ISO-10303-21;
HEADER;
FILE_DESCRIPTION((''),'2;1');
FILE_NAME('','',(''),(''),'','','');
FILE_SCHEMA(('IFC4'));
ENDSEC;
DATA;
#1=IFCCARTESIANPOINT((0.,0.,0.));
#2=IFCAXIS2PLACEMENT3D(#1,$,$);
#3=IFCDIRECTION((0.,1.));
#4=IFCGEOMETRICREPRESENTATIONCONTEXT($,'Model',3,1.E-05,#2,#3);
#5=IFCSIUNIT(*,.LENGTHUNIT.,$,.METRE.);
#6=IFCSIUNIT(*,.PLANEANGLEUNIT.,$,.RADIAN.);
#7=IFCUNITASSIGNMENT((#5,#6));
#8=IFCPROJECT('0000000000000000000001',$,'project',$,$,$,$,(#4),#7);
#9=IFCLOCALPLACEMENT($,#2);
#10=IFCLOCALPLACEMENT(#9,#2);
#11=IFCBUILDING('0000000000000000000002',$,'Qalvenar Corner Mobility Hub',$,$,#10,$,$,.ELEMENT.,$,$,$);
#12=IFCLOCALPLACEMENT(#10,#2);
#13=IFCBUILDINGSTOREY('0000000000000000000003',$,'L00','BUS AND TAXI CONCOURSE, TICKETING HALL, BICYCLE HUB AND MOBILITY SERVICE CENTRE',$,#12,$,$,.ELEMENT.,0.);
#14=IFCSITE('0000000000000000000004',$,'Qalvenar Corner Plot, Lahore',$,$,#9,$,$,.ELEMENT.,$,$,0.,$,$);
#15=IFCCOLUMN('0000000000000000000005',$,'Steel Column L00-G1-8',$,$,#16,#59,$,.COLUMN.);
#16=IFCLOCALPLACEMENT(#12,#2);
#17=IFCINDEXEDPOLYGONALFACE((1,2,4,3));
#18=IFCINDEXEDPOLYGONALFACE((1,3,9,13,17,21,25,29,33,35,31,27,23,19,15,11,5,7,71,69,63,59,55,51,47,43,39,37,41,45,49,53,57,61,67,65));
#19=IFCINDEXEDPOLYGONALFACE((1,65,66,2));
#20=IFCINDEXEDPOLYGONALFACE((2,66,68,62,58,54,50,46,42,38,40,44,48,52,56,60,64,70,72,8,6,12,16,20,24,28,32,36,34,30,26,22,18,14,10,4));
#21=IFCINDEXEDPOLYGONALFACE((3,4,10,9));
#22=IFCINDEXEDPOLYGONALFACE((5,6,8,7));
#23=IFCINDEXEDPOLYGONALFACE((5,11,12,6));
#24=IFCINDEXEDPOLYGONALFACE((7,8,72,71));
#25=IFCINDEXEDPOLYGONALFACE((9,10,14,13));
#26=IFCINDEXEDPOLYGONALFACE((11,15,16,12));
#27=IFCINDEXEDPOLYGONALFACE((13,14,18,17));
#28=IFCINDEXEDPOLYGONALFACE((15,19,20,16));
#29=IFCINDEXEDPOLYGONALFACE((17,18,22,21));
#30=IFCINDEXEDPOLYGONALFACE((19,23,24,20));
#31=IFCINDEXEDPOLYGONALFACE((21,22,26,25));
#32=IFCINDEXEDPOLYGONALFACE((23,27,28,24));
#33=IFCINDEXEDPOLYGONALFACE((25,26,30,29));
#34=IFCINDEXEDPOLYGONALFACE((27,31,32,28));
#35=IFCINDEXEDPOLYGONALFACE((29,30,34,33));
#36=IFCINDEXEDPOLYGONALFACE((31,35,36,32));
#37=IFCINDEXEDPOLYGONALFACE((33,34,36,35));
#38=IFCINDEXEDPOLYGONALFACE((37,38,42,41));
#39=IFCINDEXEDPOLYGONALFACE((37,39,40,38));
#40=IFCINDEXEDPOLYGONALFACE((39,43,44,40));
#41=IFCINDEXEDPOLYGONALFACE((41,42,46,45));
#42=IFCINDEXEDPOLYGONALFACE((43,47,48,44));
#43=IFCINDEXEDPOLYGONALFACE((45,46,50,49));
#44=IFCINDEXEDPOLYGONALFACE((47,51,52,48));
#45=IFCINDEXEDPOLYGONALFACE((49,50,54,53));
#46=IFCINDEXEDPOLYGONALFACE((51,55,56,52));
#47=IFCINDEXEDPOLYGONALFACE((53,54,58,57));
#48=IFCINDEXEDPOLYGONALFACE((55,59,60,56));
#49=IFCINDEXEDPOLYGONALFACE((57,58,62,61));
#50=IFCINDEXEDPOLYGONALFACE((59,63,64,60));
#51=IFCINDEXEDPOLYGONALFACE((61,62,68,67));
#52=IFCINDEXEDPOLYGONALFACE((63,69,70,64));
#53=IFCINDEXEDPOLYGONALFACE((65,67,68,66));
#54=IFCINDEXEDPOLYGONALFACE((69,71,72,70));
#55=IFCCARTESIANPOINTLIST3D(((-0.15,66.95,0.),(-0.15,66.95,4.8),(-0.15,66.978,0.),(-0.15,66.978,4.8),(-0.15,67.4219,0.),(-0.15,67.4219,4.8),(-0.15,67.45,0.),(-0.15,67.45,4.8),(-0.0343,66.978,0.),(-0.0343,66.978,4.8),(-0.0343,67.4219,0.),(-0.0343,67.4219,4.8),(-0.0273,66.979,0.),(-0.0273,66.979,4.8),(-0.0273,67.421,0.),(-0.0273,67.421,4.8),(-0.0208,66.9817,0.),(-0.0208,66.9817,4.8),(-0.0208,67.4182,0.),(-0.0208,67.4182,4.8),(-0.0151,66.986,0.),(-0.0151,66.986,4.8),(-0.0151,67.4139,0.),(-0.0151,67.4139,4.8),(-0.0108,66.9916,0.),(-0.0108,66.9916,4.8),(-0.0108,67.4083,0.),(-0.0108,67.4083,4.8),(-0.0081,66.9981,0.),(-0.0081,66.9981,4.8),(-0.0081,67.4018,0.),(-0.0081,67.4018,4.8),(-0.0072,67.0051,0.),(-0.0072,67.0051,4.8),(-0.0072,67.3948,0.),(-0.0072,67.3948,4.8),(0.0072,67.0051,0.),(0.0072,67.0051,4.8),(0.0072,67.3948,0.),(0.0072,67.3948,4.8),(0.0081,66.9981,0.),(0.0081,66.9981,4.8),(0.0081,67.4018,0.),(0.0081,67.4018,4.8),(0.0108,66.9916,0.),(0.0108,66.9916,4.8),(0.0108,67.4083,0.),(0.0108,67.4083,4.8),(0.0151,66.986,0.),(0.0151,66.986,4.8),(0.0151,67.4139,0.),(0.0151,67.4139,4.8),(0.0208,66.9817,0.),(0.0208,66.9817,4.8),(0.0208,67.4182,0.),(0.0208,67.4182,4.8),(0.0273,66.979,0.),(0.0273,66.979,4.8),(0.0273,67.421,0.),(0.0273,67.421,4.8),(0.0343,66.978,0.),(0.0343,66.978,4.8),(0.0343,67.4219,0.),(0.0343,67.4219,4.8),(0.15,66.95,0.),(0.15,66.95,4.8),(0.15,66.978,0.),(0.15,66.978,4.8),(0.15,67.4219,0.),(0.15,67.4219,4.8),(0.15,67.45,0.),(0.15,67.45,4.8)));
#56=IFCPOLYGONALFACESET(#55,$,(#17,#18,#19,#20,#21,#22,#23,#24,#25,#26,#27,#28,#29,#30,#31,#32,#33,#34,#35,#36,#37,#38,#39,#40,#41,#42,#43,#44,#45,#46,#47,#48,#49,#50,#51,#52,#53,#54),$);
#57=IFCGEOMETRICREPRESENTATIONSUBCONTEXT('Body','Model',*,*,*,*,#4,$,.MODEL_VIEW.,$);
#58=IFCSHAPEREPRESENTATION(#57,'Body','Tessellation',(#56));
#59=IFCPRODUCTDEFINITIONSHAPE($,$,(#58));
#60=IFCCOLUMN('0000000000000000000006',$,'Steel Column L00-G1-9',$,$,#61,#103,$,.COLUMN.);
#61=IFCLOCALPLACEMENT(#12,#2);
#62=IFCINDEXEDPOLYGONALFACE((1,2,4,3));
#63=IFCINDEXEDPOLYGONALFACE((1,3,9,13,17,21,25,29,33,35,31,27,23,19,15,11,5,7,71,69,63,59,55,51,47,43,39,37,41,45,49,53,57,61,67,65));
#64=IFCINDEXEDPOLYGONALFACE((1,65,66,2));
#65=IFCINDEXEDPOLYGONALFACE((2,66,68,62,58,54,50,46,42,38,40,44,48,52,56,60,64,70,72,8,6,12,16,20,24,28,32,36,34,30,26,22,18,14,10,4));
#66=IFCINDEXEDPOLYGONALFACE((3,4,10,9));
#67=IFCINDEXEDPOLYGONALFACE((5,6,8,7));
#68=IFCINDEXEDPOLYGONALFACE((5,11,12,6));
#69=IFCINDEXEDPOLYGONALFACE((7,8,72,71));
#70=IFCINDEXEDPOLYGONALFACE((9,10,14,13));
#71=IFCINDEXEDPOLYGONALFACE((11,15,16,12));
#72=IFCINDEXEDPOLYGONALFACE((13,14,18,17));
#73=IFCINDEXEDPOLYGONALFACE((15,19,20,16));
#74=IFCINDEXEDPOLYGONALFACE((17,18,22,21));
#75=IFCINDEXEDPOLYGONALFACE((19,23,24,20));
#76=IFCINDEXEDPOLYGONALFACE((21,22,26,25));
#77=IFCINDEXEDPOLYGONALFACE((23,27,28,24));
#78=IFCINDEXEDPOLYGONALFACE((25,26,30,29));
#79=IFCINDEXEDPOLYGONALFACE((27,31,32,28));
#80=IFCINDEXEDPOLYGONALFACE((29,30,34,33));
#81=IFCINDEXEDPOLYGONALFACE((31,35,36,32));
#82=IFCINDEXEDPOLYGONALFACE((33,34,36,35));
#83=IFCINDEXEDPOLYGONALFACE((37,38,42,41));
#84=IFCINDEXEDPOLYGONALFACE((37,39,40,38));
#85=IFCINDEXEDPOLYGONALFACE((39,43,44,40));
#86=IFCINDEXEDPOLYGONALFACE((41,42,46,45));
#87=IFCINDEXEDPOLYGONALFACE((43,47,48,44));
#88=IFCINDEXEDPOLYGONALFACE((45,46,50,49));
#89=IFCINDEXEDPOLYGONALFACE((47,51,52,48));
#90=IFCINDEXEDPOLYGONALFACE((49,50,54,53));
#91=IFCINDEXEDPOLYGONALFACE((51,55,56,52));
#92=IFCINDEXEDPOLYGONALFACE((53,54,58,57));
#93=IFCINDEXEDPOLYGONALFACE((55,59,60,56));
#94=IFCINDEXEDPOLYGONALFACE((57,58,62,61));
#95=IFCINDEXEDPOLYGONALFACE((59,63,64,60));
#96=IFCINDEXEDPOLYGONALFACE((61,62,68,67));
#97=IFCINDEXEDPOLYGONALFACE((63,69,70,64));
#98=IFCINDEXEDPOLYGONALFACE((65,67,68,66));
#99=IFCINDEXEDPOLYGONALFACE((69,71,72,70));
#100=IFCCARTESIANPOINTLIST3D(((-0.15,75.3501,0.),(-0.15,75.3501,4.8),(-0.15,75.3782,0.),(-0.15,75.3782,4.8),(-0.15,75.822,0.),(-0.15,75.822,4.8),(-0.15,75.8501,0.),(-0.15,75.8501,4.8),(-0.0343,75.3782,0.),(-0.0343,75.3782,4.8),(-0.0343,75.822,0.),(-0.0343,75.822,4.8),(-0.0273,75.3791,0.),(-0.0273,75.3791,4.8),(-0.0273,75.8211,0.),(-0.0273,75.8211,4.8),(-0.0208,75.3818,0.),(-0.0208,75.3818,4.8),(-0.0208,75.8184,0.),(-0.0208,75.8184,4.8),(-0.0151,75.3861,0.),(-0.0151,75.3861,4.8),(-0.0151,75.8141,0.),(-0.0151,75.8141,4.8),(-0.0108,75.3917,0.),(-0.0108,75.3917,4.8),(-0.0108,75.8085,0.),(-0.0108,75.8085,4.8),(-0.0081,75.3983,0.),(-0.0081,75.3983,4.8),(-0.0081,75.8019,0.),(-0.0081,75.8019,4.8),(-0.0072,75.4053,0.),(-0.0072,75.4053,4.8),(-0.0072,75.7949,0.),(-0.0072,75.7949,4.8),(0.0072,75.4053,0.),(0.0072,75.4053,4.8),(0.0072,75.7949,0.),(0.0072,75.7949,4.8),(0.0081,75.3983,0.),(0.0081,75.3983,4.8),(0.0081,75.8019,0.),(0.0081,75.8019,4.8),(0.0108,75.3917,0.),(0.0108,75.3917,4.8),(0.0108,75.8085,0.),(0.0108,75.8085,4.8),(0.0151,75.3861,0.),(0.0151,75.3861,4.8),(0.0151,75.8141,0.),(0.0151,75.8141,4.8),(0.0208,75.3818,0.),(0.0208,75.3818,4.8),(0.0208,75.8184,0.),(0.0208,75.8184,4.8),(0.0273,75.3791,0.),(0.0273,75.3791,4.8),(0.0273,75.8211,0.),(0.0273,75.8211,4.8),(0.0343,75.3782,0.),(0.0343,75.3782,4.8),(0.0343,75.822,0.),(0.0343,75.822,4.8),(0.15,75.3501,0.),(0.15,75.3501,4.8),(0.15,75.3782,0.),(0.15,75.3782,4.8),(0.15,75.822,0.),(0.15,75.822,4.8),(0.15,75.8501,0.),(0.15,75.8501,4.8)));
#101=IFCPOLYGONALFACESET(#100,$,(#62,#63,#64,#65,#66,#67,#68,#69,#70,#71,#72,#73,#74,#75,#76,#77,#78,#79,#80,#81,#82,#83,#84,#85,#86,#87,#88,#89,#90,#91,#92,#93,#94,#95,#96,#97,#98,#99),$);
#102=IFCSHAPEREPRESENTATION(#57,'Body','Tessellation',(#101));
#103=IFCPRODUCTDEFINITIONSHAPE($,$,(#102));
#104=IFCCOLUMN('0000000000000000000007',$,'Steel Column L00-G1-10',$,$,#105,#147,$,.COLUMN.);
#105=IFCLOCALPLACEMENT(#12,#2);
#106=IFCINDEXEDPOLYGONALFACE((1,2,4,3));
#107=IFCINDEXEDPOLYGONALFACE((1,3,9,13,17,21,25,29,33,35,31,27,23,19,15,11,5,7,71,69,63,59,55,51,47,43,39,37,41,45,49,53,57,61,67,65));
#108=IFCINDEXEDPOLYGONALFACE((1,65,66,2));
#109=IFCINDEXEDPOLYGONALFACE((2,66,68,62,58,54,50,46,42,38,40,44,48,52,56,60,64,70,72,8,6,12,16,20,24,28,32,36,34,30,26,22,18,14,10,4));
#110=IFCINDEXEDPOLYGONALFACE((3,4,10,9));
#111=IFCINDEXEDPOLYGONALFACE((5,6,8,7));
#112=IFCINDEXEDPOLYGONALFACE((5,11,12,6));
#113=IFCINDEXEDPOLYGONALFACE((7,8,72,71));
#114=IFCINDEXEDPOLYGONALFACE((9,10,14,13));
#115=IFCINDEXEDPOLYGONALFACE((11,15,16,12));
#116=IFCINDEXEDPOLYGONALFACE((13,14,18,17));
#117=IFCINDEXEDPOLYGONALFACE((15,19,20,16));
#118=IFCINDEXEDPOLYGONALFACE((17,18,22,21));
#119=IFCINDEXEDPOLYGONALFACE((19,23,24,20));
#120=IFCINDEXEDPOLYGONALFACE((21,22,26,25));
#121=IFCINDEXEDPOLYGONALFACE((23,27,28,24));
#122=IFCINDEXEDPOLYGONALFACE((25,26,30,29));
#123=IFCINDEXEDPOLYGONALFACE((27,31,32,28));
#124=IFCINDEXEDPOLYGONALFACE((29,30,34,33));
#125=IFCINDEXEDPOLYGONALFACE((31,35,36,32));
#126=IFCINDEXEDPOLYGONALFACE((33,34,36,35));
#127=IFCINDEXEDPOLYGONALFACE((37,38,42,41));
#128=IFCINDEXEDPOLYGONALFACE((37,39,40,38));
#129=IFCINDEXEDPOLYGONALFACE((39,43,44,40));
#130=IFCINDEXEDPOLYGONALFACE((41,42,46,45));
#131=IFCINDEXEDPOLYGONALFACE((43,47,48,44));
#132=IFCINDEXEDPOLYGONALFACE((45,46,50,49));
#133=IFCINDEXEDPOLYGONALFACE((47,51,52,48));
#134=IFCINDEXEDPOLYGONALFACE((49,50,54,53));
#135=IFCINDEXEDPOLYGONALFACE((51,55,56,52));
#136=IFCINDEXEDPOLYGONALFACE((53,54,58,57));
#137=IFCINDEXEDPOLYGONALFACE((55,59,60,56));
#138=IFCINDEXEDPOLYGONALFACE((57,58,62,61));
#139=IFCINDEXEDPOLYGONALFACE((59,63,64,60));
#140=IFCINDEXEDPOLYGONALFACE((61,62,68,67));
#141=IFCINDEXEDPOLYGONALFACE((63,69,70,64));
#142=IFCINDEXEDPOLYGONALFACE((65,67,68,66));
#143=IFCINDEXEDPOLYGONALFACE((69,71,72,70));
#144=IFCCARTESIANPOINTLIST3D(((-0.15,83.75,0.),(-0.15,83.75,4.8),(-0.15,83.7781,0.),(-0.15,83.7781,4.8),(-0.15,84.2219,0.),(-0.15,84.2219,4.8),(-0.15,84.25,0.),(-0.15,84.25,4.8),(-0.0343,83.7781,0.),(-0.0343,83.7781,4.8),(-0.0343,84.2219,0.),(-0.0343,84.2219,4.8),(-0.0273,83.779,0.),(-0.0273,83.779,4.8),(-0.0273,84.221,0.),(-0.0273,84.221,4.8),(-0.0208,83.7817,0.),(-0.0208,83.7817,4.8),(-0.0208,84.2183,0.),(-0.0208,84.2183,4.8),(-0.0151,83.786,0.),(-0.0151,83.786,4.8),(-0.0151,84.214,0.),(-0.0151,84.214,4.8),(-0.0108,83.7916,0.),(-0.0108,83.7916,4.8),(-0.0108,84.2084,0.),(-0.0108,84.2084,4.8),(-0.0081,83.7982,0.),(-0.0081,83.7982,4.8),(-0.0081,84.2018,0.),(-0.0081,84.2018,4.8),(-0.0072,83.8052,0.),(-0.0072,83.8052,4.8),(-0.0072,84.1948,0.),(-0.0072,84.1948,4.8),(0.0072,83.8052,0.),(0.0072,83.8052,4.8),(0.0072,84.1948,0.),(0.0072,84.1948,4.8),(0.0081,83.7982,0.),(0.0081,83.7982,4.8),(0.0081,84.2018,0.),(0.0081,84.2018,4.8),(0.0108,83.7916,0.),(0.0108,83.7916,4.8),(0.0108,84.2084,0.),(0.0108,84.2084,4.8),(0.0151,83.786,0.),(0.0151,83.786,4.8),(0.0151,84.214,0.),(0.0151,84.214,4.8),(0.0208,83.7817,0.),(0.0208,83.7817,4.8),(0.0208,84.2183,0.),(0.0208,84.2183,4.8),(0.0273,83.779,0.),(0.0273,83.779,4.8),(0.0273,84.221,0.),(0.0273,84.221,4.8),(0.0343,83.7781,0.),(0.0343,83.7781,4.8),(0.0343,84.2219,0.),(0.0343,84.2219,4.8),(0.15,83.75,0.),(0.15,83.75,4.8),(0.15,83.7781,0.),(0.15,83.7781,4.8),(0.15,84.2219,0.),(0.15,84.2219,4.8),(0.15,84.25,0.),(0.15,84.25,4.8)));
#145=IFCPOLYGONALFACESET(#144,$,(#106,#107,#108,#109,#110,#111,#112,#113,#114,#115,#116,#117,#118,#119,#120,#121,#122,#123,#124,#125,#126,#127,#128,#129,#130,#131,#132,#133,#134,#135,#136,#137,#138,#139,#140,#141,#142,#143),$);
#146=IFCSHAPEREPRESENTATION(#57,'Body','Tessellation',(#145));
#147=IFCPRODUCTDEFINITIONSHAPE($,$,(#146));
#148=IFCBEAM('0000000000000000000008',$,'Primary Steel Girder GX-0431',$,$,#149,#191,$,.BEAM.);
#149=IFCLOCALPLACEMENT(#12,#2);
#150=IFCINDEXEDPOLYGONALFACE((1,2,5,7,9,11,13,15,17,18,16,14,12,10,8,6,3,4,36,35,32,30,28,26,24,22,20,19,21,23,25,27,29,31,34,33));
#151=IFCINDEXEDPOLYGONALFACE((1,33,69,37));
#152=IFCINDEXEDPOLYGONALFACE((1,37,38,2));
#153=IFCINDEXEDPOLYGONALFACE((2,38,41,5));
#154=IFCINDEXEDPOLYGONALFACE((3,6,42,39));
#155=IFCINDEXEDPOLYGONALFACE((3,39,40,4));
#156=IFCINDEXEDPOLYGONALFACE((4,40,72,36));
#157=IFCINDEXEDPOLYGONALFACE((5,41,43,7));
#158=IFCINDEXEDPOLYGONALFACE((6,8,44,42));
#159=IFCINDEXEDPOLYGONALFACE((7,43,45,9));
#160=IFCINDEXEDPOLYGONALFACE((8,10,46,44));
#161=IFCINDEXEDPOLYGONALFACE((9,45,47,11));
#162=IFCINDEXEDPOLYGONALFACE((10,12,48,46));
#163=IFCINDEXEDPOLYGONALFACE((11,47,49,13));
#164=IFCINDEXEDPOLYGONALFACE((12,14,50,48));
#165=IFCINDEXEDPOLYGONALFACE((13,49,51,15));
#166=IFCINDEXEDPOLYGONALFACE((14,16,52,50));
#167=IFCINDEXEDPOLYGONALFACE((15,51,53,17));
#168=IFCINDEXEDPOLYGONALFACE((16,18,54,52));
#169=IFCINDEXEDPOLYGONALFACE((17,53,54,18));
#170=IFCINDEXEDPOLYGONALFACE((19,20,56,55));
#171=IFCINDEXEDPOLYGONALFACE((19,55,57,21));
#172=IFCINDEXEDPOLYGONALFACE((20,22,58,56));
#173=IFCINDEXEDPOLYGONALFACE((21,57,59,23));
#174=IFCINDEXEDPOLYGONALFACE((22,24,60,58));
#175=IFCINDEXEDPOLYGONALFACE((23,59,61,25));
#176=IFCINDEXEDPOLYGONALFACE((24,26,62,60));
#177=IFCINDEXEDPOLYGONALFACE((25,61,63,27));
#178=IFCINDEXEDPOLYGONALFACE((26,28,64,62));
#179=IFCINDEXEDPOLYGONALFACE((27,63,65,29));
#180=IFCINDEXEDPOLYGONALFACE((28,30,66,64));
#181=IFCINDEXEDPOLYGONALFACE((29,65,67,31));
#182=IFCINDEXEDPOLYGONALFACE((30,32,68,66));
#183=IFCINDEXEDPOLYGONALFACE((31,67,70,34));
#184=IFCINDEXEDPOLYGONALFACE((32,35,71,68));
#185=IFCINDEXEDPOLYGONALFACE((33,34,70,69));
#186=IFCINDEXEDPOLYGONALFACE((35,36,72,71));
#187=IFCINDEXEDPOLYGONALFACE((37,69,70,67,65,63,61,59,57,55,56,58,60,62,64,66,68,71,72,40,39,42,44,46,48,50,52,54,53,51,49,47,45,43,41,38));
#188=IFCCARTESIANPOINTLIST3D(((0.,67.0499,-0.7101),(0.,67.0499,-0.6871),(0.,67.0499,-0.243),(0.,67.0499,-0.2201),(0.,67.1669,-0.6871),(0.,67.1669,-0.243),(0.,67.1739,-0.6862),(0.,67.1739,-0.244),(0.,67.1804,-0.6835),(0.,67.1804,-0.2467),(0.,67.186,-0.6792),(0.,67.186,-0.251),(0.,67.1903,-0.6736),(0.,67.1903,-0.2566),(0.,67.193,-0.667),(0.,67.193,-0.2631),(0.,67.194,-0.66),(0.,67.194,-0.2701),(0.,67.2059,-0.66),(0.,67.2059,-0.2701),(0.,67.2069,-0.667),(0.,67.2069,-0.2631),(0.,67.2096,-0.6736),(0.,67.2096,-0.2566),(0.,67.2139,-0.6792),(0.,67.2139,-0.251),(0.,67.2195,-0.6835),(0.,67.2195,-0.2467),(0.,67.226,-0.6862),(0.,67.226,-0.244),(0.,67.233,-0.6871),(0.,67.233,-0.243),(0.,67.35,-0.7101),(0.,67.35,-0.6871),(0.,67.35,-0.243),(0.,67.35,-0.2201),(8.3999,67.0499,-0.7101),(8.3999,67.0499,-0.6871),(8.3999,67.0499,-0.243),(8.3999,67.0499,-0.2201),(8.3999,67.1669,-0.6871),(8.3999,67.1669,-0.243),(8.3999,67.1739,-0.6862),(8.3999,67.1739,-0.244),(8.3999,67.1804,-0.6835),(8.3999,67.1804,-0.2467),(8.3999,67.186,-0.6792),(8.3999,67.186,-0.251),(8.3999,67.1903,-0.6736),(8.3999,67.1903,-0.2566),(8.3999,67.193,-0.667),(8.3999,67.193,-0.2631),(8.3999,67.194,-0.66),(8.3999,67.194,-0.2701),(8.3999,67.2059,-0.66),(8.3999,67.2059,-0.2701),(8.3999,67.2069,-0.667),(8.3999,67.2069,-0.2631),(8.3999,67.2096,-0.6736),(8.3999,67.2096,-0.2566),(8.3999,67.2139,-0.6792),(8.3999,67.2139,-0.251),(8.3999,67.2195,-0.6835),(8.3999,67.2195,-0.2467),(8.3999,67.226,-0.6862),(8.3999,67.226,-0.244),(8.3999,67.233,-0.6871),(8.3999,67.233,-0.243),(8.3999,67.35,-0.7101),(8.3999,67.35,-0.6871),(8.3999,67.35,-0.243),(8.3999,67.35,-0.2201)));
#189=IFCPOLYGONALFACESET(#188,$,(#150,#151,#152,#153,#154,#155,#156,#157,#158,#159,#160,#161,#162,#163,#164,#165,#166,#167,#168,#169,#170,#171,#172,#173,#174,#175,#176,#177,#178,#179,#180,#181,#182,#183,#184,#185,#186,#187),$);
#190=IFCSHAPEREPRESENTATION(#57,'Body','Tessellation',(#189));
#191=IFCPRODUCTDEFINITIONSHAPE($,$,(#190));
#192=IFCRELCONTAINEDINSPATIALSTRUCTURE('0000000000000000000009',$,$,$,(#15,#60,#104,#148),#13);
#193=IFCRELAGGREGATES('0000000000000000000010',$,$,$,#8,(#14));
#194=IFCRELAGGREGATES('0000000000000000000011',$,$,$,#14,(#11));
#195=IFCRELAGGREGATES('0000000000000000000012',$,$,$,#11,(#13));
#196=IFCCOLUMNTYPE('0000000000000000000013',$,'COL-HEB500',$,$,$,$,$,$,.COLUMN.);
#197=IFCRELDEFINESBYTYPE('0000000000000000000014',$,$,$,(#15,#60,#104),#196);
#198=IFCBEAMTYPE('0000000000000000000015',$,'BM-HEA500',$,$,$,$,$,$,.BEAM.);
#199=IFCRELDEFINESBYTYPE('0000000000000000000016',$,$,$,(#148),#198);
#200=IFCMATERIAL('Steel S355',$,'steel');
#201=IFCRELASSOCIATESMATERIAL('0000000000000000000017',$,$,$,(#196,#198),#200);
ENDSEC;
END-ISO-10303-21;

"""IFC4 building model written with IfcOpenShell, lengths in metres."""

from ifc_helpers import new_model, si_unit, direction, frame, origin, origin_2d, place, context, subcontext, project, spatial, i_section, extrude, material, material_profile, profile_set, type_object, element, save


model = new_model("IFC4")

# Units and contexts
model_context = context("Model", 3, precision=1e-05, world=origin(), true_north=direction((0.0, 1.0)))
body_context = subcontext(model_context, "Body", "Model", "MODEL_VIEW")
ifc_project = project(units=[si_unit("LENGTHUNIT", "METRE"), si_unit("PLANEANGLEUNIT", "RADIAN")], contexts=[model_context])

# Site, building, storey
site_placement = place(None, origin())
site = spatial("IfcSite", under=ifc_project, at=site_placement, Name="Qalvenar Corner Plot, Lahore", CompositionType="ELEMENT", RefElevation=0.0)
building_placement = place(site_placement, origin())
building = spatial("IfcBuilding", under=site, at=building_placement, Name="Qalvenar Corner Mobility Hub", CompositionType="ELEMENT")
storey_placement = place(building_placement, origin())
storey = spatial("IfcBuildingStorey", under=building, at=storey_placement, Name="L00", Description="BUS AND TAXI CONCOURSE, TICKETING HALL, BICYCLE HUB AND MOBILITY SERVICE CENTRE", CompositionType="ELEMENT", Elevation=0.0)

# Columns
ifc_material_1 = material(Name="Steel S355", Category="steel")
ifc_material_profile_1 = material_profile(ifc_material_1, i_section(OverallWidth=0.3, OverallDepth=0.5, WebThickness=0.0144, FlangeThickness=0.0281, FilletRadius=0.0271, at=origin_2d()), Name="HEB500")
ifc_profile_set_1 = profile_set([ifc_material_profile_1], Name="Steel S355")
column_type = type_object("IfcColumnType", Name="COL-HEB500", PredefinedType="COLUMN", material=ifc_profile_set_1)
for number, where, z_axis, x_axis, name in (
    (1, (0.0, 67.2, 0.0), (0.0, 0.0, 1.0), (1.0, 0.0, 0.0), "Steel Column L00-G1-8"),
    (2, (0.0, 75.6001, 0.0), (0.0, 0.0, 1.0), (1.0, 0.0, 0.0), "Steel Column L00-G1-9"),
    (3, (0.0, 84.0, 0.0), (0.0, 0.0, 1.0), (1.0, 0.0, 0.0), "Steel Column L00-G1-10"),
):
    element("IfcColumn", number, at=place(storey_placement, frame(where, z_axis=z_axis, x_axis=x_axis)), inside=storey, type_object=column_type, Name=name, PredefinedType="COLUMN", context=body_context, shape_type="SweptSolid", body=[
        extrude(i_section(OverallWidth=0.3, OverallDepth=0.5, WebThickness=0.0144, FlangeThickness=0.0281, FilletRadius=0.0271, at=origin_2d()), origin(), (0.0, 0.0, 1.0), 4.8),
    ])

# Beam
ifc_material_profile_2 = material_profile(ifc_material_1, i_section(OverallWidth=0.3, OverallDepth=0.49, WebThickness=0.012, FlangeThickness=0.0229, FilletRadius=0.0271, at=origin_2d()), Name="HEA500")
ifc_profile_set_2 = profile_set([ifc_material_profile_2], Name="Steel S355")
beam_type_1 = type_object("IfcBeamType", Name="BM-HEA500", PredefinedType="BEAM", material=ifc_profile_set_2)
for number, where, z_axis, x_axis, name in (
    (4, (0.0, 67.2, -0.4651), (1.0, 0.0, 0.0), (0.0, 1.0, 0.0), "Primary Steel Girder GX-0431"),
):
    element("IfcBeam", number, at=place(storey_placement, frame(where, z_axis=z_axis, x_axis=x_axis)), inside=storey, type_object=beam_type_1, Name=name, PredefinedType="BEAM", context=body_context, shape_type="SweptSolid", body=[
        extrude(i_section(OverallWidth=0.3, OverallDepth=0.49, WebThickness=0.012, FlangeThickness=0.0229, FilletRadius=0.0271, at=origin_2d()), origin(), (0.0, 0.0, 1.0), 8.3999),
    ])

save(model, "model.ifc")
